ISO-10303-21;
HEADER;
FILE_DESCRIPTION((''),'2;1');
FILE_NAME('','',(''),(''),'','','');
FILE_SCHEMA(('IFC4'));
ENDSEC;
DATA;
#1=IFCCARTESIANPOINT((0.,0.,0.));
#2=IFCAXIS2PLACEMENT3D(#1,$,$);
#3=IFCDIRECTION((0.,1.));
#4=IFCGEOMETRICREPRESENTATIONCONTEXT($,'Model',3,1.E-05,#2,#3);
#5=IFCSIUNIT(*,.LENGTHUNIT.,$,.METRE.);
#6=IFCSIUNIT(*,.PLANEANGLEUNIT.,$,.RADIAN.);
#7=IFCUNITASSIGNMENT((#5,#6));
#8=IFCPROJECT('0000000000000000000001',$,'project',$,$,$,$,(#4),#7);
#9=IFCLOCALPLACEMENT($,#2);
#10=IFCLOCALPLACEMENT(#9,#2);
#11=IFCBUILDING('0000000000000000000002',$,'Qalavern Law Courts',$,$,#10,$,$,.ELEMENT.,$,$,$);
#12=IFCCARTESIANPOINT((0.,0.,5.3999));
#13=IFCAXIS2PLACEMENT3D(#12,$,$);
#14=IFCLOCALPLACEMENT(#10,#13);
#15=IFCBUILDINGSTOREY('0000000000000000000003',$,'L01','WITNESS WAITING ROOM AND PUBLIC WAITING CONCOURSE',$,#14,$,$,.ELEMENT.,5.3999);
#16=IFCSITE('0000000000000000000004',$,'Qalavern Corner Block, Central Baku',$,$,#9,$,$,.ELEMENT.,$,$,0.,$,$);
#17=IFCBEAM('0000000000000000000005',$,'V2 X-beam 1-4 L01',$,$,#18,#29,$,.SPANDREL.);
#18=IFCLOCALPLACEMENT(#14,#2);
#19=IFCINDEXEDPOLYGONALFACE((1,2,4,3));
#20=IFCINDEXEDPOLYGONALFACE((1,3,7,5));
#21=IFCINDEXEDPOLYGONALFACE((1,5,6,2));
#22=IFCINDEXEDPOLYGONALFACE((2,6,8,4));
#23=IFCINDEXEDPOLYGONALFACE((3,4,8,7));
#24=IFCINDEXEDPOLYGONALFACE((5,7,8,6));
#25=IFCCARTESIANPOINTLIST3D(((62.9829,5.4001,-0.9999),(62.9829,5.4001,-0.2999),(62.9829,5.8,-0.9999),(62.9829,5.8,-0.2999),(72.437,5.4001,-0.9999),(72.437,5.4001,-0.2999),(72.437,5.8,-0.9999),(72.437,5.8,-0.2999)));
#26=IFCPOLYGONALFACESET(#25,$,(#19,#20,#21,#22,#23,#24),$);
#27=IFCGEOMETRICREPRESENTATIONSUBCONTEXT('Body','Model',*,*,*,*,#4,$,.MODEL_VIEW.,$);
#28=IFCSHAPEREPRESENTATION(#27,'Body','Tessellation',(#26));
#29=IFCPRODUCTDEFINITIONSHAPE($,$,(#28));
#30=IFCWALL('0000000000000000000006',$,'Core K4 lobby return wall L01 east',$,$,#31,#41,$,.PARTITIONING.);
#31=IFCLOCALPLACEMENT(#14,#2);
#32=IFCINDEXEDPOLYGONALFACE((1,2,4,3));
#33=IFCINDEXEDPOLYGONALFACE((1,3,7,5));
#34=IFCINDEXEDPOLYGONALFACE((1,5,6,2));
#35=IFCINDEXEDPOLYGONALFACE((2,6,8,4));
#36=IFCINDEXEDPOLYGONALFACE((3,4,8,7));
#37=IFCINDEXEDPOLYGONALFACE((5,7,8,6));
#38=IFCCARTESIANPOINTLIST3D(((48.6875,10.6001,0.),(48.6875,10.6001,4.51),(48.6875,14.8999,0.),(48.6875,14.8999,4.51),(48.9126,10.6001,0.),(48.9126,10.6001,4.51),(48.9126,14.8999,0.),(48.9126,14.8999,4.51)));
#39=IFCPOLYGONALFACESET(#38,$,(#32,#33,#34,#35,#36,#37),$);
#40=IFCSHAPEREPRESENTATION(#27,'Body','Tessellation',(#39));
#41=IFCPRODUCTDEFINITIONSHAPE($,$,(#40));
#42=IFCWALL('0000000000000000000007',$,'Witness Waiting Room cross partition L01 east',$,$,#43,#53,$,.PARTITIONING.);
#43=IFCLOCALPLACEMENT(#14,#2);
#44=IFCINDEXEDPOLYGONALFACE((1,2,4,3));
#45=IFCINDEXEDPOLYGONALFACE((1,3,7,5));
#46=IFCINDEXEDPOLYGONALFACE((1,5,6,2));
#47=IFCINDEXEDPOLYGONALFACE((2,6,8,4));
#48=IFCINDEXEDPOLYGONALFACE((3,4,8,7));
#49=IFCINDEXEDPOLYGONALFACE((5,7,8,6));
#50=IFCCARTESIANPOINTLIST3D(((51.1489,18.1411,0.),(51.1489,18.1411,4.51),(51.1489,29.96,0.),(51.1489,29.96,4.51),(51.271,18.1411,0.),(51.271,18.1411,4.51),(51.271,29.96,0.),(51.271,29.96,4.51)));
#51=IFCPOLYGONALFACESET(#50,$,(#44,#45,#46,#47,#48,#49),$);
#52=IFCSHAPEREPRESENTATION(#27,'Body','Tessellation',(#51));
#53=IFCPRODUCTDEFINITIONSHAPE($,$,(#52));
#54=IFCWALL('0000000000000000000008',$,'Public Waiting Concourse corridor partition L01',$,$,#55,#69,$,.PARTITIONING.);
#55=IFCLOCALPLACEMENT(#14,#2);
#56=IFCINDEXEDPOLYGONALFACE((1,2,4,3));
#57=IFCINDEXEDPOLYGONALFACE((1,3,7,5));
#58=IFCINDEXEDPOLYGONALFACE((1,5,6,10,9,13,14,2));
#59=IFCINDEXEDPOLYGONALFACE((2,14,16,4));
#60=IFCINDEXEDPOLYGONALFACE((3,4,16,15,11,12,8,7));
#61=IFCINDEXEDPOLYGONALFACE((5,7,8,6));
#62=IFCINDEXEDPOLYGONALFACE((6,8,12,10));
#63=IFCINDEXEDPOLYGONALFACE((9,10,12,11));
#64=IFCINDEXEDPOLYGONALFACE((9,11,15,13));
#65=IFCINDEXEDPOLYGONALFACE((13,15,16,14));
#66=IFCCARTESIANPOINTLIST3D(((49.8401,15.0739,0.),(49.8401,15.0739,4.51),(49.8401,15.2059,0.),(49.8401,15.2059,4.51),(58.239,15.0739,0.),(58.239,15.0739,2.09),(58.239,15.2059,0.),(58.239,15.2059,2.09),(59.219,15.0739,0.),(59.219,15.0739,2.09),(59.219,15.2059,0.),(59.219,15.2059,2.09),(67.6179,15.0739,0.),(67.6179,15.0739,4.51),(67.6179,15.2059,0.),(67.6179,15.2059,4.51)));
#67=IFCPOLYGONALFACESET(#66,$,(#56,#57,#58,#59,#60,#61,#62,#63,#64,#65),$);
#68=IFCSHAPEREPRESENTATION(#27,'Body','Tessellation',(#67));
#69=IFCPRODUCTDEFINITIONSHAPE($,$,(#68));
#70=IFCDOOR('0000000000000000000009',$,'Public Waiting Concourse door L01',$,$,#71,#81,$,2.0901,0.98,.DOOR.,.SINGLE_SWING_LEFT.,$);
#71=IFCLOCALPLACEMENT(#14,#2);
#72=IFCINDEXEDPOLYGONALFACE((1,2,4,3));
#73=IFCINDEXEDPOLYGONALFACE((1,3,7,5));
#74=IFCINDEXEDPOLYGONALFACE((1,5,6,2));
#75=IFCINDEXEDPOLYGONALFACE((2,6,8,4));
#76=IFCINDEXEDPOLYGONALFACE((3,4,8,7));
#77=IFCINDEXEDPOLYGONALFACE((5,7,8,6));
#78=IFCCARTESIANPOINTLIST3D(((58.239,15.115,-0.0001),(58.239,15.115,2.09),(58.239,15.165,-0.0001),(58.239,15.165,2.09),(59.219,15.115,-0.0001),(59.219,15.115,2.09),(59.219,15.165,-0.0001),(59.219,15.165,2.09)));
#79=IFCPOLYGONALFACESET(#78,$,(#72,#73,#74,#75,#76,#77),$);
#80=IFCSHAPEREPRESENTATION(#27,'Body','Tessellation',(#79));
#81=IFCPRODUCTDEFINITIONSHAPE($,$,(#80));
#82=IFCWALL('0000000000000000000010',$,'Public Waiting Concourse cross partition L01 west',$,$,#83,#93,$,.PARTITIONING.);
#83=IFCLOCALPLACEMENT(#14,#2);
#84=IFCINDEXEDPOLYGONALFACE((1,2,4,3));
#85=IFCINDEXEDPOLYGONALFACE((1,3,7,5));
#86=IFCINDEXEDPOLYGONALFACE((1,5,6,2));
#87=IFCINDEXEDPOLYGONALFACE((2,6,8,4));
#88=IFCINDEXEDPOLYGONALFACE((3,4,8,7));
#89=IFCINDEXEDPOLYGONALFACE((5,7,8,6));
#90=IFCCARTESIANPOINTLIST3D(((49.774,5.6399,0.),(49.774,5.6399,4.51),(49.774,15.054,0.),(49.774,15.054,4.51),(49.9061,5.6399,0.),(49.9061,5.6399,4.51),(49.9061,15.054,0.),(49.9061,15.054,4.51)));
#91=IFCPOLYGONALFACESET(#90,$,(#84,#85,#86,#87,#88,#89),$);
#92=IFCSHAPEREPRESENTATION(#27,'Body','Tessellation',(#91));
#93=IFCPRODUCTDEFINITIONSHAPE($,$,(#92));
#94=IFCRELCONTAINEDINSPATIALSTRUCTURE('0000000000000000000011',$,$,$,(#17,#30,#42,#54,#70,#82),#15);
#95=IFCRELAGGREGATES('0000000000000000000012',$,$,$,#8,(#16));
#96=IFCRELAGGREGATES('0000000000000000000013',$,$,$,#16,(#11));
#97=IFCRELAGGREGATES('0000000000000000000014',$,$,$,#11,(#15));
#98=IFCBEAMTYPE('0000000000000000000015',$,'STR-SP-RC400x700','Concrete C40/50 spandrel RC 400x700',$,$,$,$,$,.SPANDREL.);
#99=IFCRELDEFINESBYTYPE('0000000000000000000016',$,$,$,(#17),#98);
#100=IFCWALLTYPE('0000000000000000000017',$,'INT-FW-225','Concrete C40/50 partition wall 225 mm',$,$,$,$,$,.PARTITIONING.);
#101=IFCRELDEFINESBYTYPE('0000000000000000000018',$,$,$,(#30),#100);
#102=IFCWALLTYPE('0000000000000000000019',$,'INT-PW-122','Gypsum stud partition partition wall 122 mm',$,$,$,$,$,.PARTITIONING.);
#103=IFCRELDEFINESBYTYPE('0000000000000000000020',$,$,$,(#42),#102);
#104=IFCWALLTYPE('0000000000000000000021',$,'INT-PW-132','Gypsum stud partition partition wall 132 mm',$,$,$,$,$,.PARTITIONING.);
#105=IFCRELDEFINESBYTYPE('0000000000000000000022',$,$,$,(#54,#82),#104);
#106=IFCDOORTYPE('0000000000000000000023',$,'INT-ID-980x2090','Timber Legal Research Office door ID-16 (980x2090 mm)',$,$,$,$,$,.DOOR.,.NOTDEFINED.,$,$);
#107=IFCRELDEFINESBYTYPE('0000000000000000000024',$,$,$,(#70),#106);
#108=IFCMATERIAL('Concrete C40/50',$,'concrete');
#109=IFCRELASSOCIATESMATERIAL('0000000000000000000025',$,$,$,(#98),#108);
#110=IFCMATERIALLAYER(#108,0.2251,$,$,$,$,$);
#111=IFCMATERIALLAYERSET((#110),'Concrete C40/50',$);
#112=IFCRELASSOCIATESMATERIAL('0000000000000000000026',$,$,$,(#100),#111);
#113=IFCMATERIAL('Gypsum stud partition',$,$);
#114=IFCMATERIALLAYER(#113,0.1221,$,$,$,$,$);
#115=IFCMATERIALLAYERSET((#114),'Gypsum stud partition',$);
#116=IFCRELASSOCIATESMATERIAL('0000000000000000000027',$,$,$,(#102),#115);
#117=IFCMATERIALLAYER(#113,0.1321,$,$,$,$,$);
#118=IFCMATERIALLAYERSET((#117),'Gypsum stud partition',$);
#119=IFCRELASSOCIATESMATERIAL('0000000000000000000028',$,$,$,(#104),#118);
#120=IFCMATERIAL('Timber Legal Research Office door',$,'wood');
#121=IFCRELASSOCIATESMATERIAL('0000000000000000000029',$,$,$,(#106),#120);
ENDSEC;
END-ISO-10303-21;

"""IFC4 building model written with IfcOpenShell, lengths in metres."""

from ifc_helpers import new_model, si_unit, direction, frame, frame_2d, origin, origin_2d, place, context, subcontext, project, spatial, rectangle, extrude, material, layer, layer_set, material_profile, profile_set, type_object, element, fill, save


model = new_model("IFC4")

# Units and contexts
model_context = context("Model", 3, precision=1e-05, world=origin(), true_north=direction((0.0, 1.0)))
body_context = subcontext(model_context, "Body", "Model", "MODEL_VIEW")
ifc_project = project(units=[si_unit("LENGTHUNIT", "METRE"), si_unit("PLANEANGLEUNIT", "RADIAN")], contexts=[model_context])

# Site, building, storey
site_placement = place(None, origin())
site = spatial("IfcSite", under=ifc_project, at=site_placement, Name="Qalavern Corner Block, Central Baku", CompositionType="ELEMENT", RefElevation=0.0)
building_placement = place(site_placement, origin())
building = spatial("IfcBuilding", under=site, at=building_placement, Name="Qalavern Law Courts", CompositionType="ELEMENT")
storey_placement = place(building_placement, frame((0.0, 0.0, 5.3999)))
storey = spatial("IfcBuildingStorey", under=building, at=storey_placement, Name="L01", Description="WITNESS WAITING ROOM AND PUBLIC WAITING CONCOURSE", CompositionType="ELEMENT", Elevation=5.3999)

# Beam
ifc_material_1 = material(Name="Concrete C40/50", Category="concrete")
ifc_material_profile_1 = material_profile(ifc_material_1, rectangle(XDim=0.3999, YDim=0.7, at=origin_2d()), Name="RC 400x700")
ifc_profile_set_1 = profile_set([ifc_material_profile_1], Name="Concrete C40/50")
beam_type_1 = type_object("IfcBeamType", Name="STR-SP-RC400x700", Description="Concrete C40/50 spandrel RC 400x700", PredefinedType="SPANDREL", material=ifc_profile_set_1)
beam_1_placement = place(storey_placement, frame((62.9829, 5.6001, -0.6499), z_axis=(1.0, 0.0, 0.0), x_axis=(0.0, 1.0, 0.0)))
element("IfcBeam", 1, at=beam_1_placement, inside=storey, type_object=beam_type_1, Name="V2 X-beam 1-4 L01", PredefinedType="SPANDREL", context=body_context, shape_type="SweptSolid", body=[
    extrude(rectangle(XDim=0.3999, YDim=0.7, at=origin_2d()), origin(), (0.0, 0.0, 1.0), 9.4541),
])

# Walls
ifc_layer_1 = layer(ifc_material_1, 0.2251)
ifc_layer_set_1 = layer_set([ifc_layer_1], Name="Concrete C40/50")
wall_type_1 = type_object("IfcWallType", Name="INT-FW-225", Description="Concrete C40/50 partition wall 225 mm", PredefinedType="PARTITIONING", material=ifc_layer_set_1)
wall_1_placement = place(storey_placement, frame((48.8, 10.6001, 0.0), z_axis=(0.0, 0.0, 1.0), x_axis=(0.0, 1.0, 0.0)))
element("IfcWall", 2, at=wall_1_placement, inside=storey, type_object=wall_type_1, Name="Core K4 lobby return wall L01 east", PredefinedType="PARTITIONING", context=body_context, shape_type="SweptSolid", body=[
    extrude(rectangle(XDim=4.2998, YDim=0.2251, at=frame_2d((2.1499, 0.0))), origin(), (0.0, 0.0, 1.0), 4.51),
])
ifc_material_2 = material(Name="Gypsum stud partition")
ifc_layer_2 = layer(ifc_material_2, 0.1221)
ifc_layer_set_2 = layer_set([ifc_layer_2], Name="Gypsum stud partition")
wall_type_2 = type_object("IfcWallType", Name="INT-PW-122", Description="Gypsum stud partition partition wall 122 mm", PredefinedType="PARTITIONING", material=ifc_layer_set_2)
wall_2_placement = place(storey_placement, frame((51.21, 18.1411, 0.0), z_axis=(0.0, 0.0, 1.0), x_axis=(0.0, 1.0, 0.0)))
element("IfcWall", 3, at=wall_2_placement, inside=storey, type_object=wall_type_2, Name="Witness Waiting Room cross partition L01 east", PredefinedType="PARTITIONING", context=body_context, shape_type="SweptSolid", body=[
    extrude(rectangle(XDim=11.8188, YDim=0.1221, at=frame_2d((5.9094, 0.0))), origin(), (0.0, 0.0, 1.0), 4.51),
])

# Wall, opening, door
ifc_layer_3 = layer(ifc_material_2, 0.1321)
ifc_layer_set_3 = layer_set([ifc_layer_3], Name="Gypsum stud partition")
wall_type_3 = type_object("IfcWallType", Name="INT-PW-132", Description="Gypsum stud partition partition wall 132 mm", PredefinedType="PARTITIONING", material=ifc_layer_set_3)
wall_3_placement = place(storey_placement, frame((49.8401, 15.1399, 0.0), z_axis=(0.0, 0.0, 1.0), x_axis=(1.0, 0.0, 0.0)))
wall_3 = element("IfcWall", 4, at=wall_3_placement, inside=storey, type_object=wall_type_3, Name="Public Waiting Concourse corridor partition L01", PredefinedType="PARTITIONING", context=body_context, shape_type="SweptSolid", body=[
    extrude(rectangle(XDim=17.7778, YDim=0.1321, at=frame_2d((8.8889, 0.0))), origin(), (0.0, 0.0, 1.0), 4.51),
])
opening_placement = place(wall_3_placement, frame((8.3989, 0.0, 0.0)))
opening = element("IfcOpeningElement", 5, at=opening_placement, cuts=wall_3, PredefinedType="OPENING", context=body_context, shape_type="SweptSolid", body=[
    extrude(rectangle(XDim=0.98, YDim=2.0901, at=frame_2d((0.49, 1.0449))), frame((0.0, 0.0811, 0.0), z_axis=(0.0, -1.0, 0.0), x_axis=(1.0, 0.0, 0.0)), (0.0, 0.0, 1.0), 0.1619),
])
ifc_material_3 = material(Name="Timber Legal Research Office door", Category="wood")
door_type = type_object("IfcDoorType", Name="INT-ID-980x2090", Description="Timber Legal Research Office door ID-16 (980x2090 mm)", OperationType="NOTDEFINED", PredefinedType="DOOR", material=ifc_material_3)
door_placement = place(opening_placement, frame((0.98, 0.0, 0.0), z_axis=(0.0, 0.0, 1.0), x_axis=(-1.0, 0.0, 0.0)))
door = element("IfcDoor", 6, at=door_placement, inside=storey, type_object=door_type, Name="Public Waiting Concourse door L01", OperationType="SINGLE_SWING_LEFT", OverallHeight=2.0901, OverallWidth=0.98, PredefinedType="DOOR", context=body_context, shape_type="SweptSolid", body=[
    extrude(rectangle(XDim=0.98, YDim=2.0901, at=frame_2d((0.49, 1.0449))), frame((0.0, 0.0249, 0.0), z_axis=(0.0, -1.0, 0.0), x_axis=(1.0, 0.0, 0.0)), (0.0, 0.0, 1.0), 0.05),
])
fill(opening, door)

# Wall
wall_4_placement = place(storey_placement, frame((49.8401, 5.6399, 0.0), z_axis=(0.0, 0.0, 1.0), x_axis=(0.0, 1.0, 0.0)))
element("IfcWall", 7, at=wall_4_placement, inside=storey, type_object=wall_type_3, Name="Public Waiting Concourse cross partition L01 west", PredefinedType="PARTITIONING", context=body_context, shape_type="SweptSolid", body=[
    extrude(rectangle(XDim=9.4141, YDim=0.1321, at=frame_2d((4.707, 0.0))), origin(), (0.0, 0.0, 1.0), 4.51),
])

save(model, "model.ifc")
